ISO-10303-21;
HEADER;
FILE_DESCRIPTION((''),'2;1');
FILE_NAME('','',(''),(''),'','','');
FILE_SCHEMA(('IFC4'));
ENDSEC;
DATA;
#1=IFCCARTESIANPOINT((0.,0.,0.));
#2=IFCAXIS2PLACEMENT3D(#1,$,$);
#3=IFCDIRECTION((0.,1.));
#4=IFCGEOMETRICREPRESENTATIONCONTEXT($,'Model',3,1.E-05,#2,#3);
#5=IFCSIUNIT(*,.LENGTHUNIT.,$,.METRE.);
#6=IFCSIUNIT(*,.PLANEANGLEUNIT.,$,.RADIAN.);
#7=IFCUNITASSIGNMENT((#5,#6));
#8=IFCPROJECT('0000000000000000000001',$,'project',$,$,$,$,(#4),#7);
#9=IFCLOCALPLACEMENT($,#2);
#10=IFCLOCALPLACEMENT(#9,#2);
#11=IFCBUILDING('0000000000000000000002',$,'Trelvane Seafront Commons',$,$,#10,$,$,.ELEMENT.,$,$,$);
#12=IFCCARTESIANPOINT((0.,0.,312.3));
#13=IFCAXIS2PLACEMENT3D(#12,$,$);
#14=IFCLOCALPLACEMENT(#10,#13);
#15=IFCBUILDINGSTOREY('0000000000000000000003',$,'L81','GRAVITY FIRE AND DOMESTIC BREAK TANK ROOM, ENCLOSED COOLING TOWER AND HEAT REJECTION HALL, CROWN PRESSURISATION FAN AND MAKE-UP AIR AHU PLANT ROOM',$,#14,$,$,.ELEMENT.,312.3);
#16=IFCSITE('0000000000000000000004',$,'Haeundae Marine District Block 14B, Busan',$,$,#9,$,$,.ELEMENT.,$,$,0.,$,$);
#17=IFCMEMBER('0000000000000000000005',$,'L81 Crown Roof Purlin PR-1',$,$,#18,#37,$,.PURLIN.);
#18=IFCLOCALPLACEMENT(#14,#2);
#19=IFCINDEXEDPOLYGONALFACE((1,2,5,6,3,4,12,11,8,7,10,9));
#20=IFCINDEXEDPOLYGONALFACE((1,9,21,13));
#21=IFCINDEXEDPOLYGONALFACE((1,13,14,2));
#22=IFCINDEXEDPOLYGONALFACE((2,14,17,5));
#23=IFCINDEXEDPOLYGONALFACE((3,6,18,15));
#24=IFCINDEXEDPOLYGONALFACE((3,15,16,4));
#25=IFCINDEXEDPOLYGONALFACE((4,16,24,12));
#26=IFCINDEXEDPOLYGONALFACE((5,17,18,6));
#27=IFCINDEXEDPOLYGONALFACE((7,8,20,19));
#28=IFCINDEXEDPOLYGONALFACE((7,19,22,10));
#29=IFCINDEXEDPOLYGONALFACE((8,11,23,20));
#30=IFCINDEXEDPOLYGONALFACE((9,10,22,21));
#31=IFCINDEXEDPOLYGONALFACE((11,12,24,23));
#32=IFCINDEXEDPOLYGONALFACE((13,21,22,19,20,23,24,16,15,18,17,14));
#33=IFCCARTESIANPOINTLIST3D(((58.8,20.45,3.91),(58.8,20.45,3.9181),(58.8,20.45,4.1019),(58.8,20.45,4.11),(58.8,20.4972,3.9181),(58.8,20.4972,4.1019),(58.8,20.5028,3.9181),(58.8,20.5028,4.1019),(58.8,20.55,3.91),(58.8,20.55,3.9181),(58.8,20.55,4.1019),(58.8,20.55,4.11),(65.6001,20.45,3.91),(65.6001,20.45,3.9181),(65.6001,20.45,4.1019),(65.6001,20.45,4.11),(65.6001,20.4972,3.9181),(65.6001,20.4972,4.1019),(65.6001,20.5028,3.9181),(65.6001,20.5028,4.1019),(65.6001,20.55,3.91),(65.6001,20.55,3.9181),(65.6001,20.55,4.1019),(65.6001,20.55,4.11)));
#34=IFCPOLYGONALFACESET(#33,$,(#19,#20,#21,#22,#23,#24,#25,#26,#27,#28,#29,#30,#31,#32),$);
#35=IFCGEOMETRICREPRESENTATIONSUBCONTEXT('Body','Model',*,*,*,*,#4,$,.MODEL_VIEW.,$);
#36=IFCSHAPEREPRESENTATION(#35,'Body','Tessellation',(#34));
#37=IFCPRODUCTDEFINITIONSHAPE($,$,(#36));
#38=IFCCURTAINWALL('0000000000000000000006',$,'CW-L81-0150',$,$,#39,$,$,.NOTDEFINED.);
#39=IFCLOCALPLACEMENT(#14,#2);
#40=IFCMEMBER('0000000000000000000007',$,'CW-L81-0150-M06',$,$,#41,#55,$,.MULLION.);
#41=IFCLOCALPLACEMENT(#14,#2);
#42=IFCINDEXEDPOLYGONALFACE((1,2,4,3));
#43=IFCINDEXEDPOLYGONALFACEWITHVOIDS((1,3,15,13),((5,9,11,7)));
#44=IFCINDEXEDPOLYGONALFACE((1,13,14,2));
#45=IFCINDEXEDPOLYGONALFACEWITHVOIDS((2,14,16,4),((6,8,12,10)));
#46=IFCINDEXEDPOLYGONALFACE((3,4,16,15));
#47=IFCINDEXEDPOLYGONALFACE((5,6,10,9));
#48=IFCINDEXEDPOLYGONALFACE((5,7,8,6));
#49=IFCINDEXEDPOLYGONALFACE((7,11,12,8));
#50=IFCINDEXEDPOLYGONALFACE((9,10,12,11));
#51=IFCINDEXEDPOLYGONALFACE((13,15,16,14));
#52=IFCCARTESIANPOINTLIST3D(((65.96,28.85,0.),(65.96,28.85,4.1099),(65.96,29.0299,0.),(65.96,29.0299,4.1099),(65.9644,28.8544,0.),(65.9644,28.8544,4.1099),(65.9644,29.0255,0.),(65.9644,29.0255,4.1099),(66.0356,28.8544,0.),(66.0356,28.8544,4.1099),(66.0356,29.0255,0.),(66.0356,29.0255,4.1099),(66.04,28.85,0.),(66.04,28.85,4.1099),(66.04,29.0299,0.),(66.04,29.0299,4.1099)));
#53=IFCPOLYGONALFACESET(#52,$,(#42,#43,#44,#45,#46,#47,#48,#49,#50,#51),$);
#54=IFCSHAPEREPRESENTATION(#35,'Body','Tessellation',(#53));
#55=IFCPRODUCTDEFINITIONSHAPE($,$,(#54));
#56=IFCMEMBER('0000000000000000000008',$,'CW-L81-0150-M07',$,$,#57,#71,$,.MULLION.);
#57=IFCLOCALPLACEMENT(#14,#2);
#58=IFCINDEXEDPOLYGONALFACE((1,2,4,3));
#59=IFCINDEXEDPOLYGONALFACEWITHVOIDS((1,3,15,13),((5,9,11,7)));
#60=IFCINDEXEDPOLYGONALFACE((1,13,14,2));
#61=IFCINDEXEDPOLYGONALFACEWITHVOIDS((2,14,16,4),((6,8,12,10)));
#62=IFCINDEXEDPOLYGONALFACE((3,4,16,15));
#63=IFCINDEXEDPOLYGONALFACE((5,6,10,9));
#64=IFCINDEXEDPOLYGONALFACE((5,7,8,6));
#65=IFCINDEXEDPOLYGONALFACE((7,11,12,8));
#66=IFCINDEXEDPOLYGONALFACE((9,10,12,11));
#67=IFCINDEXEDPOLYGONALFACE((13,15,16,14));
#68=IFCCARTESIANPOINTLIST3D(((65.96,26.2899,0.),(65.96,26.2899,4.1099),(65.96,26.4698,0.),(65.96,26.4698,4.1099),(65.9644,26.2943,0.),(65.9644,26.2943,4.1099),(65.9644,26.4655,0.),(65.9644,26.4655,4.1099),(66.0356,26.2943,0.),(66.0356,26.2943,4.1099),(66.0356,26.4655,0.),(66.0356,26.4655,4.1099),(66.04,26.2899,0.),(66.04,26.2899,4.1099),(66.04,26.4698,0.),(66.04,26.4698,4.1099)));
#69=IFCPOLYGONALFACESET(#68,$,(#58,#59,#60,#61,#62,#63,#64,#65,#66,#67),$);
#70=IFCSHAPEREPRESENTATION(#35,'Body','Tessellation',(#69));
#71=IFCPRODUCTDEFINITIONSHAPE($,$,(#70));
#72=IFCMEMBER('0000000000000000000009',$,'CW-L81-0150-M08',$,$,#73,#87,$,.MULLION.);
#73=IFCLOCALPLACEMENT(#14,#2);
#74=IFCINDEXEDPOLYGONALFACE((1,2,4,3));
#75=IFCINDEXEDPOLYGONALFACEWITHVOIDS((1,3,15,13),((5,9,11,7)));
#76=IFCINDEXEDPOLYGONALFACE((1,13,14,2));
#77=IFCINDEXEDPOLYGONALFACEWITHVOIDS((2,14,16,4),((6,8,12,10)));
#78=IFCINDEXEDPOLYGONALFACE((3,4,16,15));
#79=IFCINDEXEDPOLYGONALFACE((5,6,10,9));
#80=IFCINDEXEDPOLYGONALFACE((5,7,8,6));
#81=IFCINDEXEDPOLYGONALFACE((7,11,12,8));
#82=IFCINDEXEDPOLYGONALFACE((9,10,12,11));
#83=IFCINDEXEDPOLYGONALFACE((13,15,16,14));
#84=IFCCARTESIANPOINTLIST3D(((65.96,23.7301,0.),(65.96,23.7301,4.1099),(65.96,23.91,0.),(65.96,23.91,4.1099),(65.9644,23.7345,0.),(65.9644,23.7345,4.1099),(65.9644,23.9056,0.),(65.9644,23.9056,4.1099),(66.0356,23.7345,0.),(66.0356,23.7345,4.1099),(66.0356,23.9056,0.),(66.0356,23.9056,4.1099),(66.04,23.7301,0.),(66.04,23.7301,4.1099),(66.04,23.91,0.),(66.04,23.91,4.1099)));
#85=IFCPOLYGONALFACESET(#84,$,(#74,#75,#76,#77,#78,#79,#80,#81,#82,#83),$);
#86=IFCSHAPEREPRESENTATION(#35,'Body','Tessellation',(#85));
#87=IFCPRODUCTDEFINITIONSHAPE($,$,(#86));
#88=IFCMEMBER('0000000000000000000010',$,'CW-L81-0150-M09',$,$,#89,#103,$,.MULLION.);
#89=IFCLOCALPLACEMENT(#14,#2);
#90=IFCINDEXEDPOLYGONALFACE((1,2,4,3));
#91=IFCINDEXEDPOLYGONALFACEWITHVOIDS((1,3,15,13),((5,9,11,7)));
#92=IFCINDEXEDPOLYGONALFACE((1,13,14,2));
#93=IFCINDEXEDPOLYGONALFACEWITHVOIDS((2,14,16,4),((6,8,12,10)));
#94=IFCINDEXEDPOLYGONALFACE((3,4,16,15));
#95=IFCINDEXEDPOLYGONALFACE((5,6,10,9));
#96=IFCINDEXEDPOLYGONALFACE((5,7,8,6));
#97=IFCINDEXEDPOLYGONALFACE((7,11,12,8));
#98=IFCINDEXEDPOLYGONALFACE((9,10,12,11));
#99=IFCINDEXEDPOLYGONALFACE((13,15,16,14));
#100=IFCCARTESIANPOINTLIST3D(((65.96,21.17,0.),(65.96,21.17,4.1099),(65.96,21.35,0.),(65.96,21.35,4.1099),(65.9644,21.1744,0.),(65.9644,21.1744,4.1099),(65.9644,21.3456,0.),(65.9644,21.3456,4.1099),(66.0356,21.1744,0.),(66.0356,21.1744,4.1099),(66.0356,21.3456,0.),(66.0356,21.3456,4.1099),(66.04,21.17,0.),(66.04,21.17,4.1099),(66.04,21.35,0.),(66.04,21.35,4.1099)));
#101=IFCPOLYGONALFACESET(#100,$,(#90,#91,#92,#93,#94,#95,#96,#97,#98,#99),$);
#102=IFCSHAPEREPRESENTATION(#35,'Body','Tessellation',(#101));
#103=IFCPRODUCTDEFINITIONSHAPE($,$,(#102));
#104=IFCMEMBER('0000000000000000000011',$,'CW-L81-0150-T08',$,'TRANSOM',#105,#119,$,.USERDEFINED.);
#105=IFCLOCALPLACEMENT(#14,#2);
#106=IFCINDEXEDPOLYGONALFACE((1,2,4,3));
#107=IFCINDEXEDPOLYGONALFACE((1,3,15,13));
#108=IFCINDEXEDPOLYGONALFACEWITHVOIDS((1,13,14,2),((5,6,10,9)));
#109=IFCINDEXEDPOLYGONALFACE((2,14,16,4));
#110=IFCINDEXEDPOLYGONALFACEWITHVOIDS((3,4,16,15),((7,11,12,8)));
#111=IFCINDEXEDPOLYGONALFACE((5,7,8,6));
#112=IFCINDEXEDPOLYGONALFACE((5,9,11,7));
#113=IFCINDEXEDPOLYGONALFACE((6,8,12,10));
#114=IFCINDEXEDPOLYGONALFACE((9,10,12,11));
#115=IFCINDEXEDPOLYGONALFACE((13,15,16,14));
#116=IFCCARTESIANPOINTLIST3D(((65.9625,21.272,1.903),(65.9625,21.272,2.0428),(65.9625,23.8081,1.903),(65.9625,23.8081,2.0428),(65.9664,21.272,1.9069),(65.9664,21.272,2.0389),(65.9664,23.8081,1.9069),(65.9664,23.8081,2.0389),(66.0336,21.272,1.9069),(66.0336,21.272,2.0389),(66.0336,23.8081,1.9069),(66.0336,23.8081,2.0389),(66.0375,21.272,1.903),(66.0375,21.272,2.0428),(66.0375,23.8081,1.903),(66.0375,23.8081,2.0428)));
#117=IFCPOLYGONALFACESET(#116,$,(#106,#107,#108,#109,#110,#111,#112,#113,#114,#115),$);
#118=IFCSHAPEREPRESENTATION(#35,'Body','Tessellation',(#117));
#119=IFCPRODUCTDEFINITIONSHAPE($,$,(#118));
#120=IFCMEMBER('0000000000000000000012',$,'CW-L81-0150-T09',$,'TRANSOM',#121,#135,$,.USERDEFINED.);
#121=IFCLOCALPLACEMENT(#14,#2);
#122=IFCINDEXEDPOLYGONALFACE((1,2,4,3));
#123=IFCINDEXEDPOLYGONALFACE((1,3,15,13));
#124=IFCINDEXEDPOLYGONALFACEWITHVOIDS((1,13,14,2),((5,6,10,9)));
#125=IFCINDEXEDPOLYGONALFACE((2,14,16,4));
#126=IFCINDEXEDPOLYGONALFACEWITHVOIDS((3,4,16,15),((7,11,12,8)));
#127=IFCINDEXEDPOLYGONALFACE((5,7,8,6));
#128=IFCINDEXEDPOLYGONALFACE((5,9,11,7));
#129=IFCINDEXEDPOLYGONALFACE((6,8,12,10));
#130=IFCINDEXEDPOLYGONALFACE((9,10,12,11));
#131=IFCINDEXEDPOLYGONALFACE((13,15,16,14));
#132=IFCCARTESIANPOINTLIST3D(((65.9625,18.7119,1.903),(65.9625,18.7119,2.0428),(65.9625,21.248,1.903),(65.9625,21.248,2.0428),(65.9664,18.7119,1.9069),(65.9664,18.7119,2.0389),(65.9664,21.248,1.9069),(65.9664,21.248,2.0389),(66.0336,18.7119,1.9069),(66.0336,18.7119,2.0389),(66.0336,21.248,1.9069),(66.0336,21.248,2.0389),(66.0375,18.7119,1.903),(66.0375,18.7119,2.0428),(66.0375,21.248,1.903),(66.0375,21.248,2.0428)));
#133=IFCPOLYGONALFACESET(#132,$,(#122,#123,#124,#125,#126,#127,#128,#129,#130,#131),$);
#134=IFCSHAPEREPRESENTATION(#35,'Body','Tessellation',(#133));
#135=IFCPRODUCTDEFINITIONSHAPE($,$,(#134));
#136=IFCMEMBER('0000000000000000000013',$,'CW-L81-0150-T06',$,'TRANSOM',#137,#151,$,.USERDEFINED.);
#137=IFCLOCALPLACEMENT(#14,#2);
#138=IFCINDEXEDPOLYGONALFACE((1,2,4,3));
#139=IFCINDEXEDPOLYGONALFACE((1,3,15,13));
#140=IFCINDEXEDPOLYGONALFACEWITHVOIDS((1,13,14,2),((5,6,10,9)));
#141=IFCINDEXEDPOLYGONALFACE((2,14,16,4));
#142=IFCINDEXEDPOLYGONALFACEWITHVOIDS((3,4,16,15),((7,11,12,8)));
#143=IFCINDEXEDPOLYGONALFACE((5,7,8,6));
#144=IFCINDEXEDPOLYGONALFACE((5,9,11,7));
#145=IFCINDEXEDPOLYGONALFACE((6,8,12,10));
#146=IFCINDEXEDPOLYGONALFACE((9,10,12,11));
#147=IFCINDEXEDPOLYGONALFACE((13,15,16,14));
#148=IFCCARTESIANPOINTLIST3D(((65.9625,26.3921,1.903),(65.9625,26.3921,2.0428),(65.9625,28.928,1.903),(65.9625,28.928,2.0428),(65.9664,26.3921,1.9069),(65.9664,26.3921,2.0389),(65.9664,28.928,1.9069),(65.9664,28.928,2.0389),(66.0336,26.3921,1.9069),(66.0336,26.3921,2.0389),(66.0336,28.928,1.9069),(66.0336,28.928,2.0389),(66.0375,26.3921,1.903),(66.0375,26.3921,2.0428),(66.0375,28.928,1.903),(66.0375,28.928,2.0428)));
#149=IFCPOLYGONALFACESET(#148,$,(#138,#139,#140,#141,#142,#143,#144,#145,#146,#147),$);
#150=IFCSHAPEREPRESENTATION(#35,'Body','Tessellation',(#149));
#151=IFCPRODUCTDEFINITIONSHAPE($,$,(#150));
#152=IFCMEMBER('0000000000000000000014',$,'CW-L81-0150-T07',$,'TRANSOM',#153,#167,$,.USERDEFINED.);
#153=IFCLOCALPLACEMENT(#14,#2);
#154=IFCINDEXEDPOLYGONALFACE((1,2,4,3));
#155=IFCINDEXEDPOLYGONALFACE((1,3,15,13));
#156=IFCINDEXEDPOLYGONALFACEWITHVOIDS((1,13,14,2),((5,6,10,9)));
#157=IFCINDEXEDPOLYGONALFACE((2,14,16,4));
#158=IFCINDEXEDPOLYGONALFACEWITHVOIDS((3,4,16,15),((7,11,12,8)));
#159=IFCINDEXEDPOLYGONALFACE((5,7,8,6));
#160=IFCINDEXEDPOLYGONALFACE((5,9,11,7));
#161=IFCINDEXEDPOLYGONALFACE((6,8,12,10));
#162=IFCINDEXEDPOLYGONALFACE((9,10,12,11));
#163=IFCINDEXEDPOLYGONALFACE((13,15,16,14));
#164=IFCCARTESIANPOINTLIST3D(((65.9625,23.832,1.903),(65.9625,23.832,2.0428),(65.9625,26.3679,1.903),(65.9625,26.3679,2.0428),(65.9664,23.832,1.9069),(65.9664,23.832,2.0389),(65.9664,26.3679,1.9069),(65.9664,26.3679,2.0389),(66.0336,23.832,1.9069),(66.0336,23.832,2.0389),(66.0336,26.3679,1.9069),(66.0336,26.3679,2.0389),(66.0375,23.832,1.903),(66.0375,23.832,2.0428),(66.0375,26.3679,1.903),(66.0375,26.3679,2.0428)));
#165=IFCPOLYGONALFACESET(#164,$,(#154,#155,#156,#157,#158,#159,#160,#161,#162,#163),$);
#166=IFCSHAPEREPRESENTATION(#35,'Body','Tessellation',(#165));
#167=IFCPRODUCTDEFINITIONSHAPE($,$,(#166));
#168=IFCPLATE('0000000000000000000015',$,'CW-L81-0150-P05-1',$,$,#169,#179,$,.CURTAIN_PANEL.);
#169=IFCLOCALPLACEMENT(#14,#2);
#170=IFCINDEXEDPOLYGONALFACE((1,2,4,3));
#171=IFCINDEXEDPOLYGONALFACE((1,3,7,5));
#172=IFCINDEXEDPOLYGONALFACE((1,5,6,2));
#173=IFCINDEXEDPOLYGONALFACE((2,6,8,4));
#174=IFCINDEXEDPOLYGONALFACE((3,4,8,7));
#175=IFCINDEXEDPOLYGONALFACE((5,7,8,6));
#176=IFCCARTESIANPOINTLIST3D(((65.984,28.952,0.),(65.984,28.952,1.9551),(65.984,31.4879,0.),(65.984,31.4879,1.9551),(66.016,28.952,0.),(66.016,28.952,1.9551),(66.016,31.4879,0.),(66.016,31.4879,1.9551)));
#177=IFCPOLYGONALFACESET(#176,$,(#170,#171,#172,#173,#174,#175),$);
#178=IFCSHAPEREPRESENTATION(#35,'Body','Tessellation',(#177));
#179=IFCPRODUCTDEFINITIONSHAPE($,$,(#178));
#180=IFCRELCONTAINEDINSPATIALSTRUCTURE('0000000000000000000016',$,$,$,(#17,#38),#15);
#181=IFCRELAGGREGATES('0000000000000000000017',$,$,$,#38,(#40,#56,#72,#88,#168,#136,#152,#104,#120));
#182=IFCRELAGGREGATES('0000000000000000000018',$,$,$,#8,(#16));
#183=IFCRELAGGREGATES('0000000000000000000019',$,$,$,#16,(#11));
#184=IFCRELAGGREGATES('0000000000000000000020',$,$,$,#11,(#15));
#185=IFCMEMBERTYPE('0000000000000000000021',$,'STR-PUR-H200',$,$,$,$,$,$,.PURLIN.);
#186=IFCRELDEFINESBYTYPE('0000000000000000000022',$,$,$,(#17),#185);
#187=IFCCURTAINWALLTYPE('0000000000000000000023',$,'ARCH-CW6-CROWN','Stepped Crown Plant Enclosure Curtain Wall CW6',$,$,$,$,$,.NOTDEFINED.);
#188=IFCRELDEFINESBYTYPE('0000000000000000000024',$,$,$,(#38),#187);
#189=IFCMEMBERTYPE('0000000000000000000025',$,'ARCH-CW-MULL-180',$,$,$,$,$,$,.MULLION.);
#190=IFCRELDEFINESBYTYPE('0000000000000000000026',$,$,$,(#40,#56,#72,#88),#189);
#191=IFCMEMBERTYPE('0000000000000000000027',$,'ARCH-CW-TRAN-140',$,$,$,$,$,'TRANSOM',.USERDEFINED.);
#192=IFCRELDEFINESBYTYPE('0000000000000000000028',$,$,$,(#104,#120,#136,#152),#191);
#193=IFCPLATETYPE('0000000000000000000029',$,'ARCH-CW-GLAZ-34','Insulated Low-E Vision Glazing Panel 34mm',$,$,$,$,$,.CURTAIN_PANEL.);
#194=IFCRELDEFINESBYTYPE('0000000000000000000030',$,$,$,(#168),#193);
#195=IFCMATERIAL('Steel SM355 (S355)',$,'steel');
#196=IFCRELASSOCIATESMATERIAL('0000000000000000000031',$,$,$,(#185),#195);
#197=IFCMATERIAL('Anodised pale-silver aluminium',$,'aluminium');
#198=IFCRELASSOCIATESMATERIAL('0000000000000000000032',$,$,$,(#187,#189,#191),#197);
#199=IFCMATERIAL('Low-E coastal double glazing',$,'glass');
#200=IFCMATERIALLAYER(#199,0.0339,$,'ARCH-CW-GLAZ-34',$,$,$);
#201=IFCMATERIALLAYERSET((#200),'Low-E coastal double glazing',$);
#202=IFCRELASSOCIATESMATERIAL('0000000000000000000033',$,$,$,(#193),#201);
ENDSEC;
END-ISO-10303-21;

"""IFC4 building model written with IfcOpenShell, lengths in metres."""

from ifc_helpers import new_model, si_unit, direction, frame, origin, origin_2d, place, context, subcontext, project, spatial, rectangle, hollow_rectangle, i_section, extrude, source, transform, mapped, material, layer, layer_set, material_profile, profile_set, type_object, element, aggregate, save


model = new_model("IFC4")

# Units and contexts
model_context = context("Model", 3, precision=1e-05, world=origin(), true_north=direction((0.0, 1.0)))
body_context = subcontext(model_context, "Body", "Model", "MODEL_VIEW")
ifc_project = project(units=[si_unit("LENGTHUNIT", "METRE"), si_unit("PLANEANGLEUNIT", "RADIAN")], contexts=[model_context])

# Site, building, storey
site_placement = place(None, origin())
site = spatial("IfcSite", under=ifc_project, at=site_placement, Name="Haeundae Marine District Block 14B, Busan", CompositionType="ELEMENT", RefElevation=0.0)
building_placement = place(site_placement, origin())
building = spatial("IfcBuilding", under=site, at=building_placement, Name="Trelvane Seafront Commons", CompositionType="ELEMENT")
storey_placement = place(building_placement, frame((0.0, 0.0, 312.3)))
storey = spatial("IfcBuildingStorey", under=building, at=storey_placement, Name="L81", Description="GRAVITY FIRE AND DOMESTIC BREAK TANK ROOM, ENCLOSED COOLING TOWER AND HEAT REJECTION HALL, CROWN PRESSURISATION FAN AND MAKE-UP AIR AHU PLANT ROOM", CompositionType="ELEMENT", Elevation=312.3)

# Member
ifc_material_1 = material(Name="Steel SM355 (S355)", Category="steel")
ifc_material_profile_1 = material_profile(ifc_material_1, i_section(OverallWidth=0.1001, OverallDepth=0.2, WebThickness=0.0056, FlangeThickness=0.0081, at=origin_2d()), Name="H-200x100x5.5x8")
ifc_profile_set_1 = profile_set([ifc_material_profile_1], Name="Steel SM355 (S355)")
member_type_1 = type_object("IfcMemberType", Name="STR-PUR-H200", PredefinedType="PURLIN", material=ifc_profile_set_1)
shared_shape_1 = source(origin(), body_context, "Body", "SweptSolid", [
    extrude(i_section(OverallWidth=0.1001, OverallDepth=0.2, WebThickness=0.0056, FlangeThickness=0.0081, at=origin_2d()), origin(), (0.0, 0.0, 1.0), 6.8),
])
member_1_placement = place(storey_placement, frame((58.8, 20.5, 4.01), z_axis=(1.0, 0.0, 0.0), x_axis=(0.0, 1.0, 0.0)))
element("IfcMember", 1, at=member_1_placement, inside=storey, type_object=member_type_1, Name="L81 Crown Roof Purlin PR-1", PredefinedType="PURLIN", context=body_context, shape_type="MappedRepresentation", body=[
    mapped(shared_shape_1, transform((0.0, 0.0, 0.0), x_axis=(1.0, 0.0, 0.0), y_axis=(0.0, 1.0, 0.0), z_axis=(0.0, 0.0, 1.0), scale=1.0)),
])

# Curtain wall, members, plate
ifc_material_2 = material(Name="Anodised pale-silver aluminium", Category="aluminium")
curtain_wall_type = type_object("IfcCurtainWallType", Name="ARCH-CW6-CROWN", Description="Stepped Crown Plant Enclosure Curtain Wall CW6", PredefinedType="NOTDEFINED", material=ifc_material_2)
curtain_wall_placement = place(storey_placement, origin())
curtain_wall = element("IfcCurtainWall", 2, at=curtain_wall_placement, inside=storey, type_object=curtain_wall_type, Name="CW-L81-0150", PredefinedType="NOTDEFINED")
ifc_material_profile_2 = material_profile(ifc_material_2, hollow_rectangle(XDim=0.0801, YDim=0.1799, WallThickness=0.0044, at=origin_2d()), Name="MULL-80x180x4.5")
ifc_profile_set_2 = profile_set([ifc_material_profile_2], Name="Anodised pale-silver aluminium")
member_type_2 = type_object("IfcMemberType", Name="ARCH-CW-MULL-180", PredefinedType="MULLION", material=ifc_profile_set_2)
shared_shape_2 = source(origin(), body_context, "Body", "SweptSolid", [
    extrude(hollow_rectangle(XDim=0.0801, YDim=0.1799, WallThickness=0.0044, at=origin_2d()), origin(), (0.0, 0.0, 1.0), 4.1099),
])
member_2_placement = place(storey_placement, frame((66.0, 28.9399, 0.0), z_axis=(0.0, 0.0, 1.0), x_axis=(1.0, 0.0, 0.0)))
member_2 = element("IfcMember", 3, at=member_2_placement, type_object=member_type_2, Name="CW-L81-0150-M06", PredefinedType="MULLION", context=body_context, shape_type="MappedRepresentation", body=[
    mapped(shared_shape_2, transform((0.0, 0.0, 0.0), x_axis=(1.0, 0.0, 0.0), y_axis=(0.0, 1.0, 0.0), z_axis=(0.0, 0.0, 1.0), scale=1.0)),
])
member_3_placement = place(storey_placement, frame((66.0, 26.3799, 0.0), z_axis=(0.0, 0.0, 1.0), x_axis=(1.0, 0.0, 0.0)))
member_3 = element("IfcMember", 4, at=member_3_placement, type_object=member_type_2, Name="CW-L81-0150-M07", PredefinedType="MULLION", context=body_context, shape_type="MappedRepresentation", body=[
    mapped(shared_shape_2, transform((0.0, 0.0, 0.0), x_axis=(1.0, 0.0, 0.0), y_axis=(0.0, 1.0, 0.0), z_axis=(0.0, 0.0, 1.0), scale=1.0)),
])
member_4_placement = place(storey_placement, frame((66.0, 23.8201, 0.0), z_axis=(0.0, 0.0, 1.0), x_axis=(1.0, 0.0, 0.0)))
member_4 = element("IfcMember", 5, at=member_4_placement, type_object=member_type_2, Name="CW-L81-0150-M08", PredefinedType="MULLION", context=body_context, shape_type="MappedRepresentation", body=[
    mapped(shared_shape_2, transform((0.0, 0.0, 0.0), x_axis=(1.0, 0.0, 0.0), y_axis=(0.0, 1.0, 0.0), z_axis=(0.0, 0.0, 1.0), scale=1.0)),
])
member_5_placement = place(storey_placement, frame((66.0, 21.26, 0.0), z_axis=(0.0, 0.0, 1.0), x_axis=(1.0, 0.0, 0.0)))
member_5 = element("IfcMember", 6, at=member_5_placement, type_object=member_type_2, Name="CW-L81-0150-M09", PredefinedType="MULLION", context=body_context, shape_type="MappedRepresentation", body=[
    mapped(shared_shape_2, transform((0.0, 0.0, 0.0), x_axis=(1.0, 0.0, 0.0), y_axis=(0.0, 1.0, 0.0), z_axis=(0.0, 0.0, 1.0), scale=1.0)),
])
ifc_material_profile_3 = material_profile(ifc_material_2, hollow_rectangle(XDim=0.075, YDim=0.1399, WallThickness=0.0039, at=origin_2d()), Name="TRAN-75x140x4")
ifc_profile_set_3 = profile_set([ifc_material_profile_3], Name="Anodised pale-silver aluminium")
member_type_3 = type_object("IfcMemberType", Name="ARCH-CW-TRAN-140", ElementType="TRANSOM", PredefinedType="USERDEFINED", material=ifc_profile_set_3)
shared_shape_3 = source(origin(), body_context, "Body", "SweptSolid", [
    extrude(hollow_rectangle(XDim=0.075, YDim=0.1399, WallThickness=0.0039, at=origin_2d()), origin(), (0.0, 0.0, 1.0), 2.5361),
])
member_6_placement = place(storey_placement, frame((66.0, 23.8081, 1.9729), z_axis=(0.0, -1.0, 0.0), x_axis=(1.0, 0.0, 0.0)))
member_6 = element("IfcMember", 7, at=member_6_placement, type_object=member_type_3, Name="CW-L81-0150-T08", ObjectType="TRANSOM", PredefinedType="USERDEFINED", context=body_context, shape_type="MappedRepresentation", body=[
    mapped(shared_shape_3, transform((0.0, 0.0, 0.0), x_axis=(1.0, 0.0, 0.0), y_axis=(0.0, 1.0, 0.0), z_axis=(0.0, 0.0, 1.0), scale=1.0)),
])
member_7_placement = place(storey_placement, frame((66.0, 21.248, 1.9729), z_axis=(0.0, -1.0, 0.0), x_axis=(1.0, 0.0, 0.0)))
member_7 = element("IfcMember", 8, at=member_7_placement, type_object=member_type_3, Name="CW-L81-0150-T09", ObjectType="TRANSOM", PredefinedType="USERDEFINED", context=body_context, shape_type="MappedRepresentation", body=[
    mapped(shared_shape_3, transform((0.0, 0.0, 0.0), x_axis=(1.0, 0.0, 0.0), y_axis=(0.0, 1.0, 0.0), z_axis=(0.0, 0.0, 1.0), scale=1.0)),
])
shared_shape_4 = source(origin(), body_context, "Body", "SweptSolid", [
    extrude(hollow_rectangle(XDim=0.075, YDim=0.1399, WallThickness=0.0039, at=origin_2d()), origin(), (0.0, 0.0, 1.0), 2.5359),
])
member_8_placement = place(storey_placement, frame((66.0, 28.928, 1.9729), z_axis=(0.0, -1.0, 0.0), x_axis=(1.0, 0.0, 0.0)))
member_8 = element("IfcMember", 9, at=member_8_placement, type_object=member_type_3, Name="CW-L81-0150-T06", ObjectType="TRANSOM", PredefinedType="USERDEFINED", context=body_context, shape_type="MappedRepresentation", body=[
    mapped(shared_shape_4, transform((0.0, 0.0, 0.0), x_axis=(1.0, 0.0, 0.0), y_axis=(0.0, 1.0, 0.0), z_axis=(0.0, 0.0, 1.0), scale=1.0)),
])
member_9_placement = place(storey_placement, frame((66.0, 26.3679, 1.9729), z_axis=(0.0, -1.0, 0.0), x_axis=(1.0, 0.0, 0.0)))
member_9 = element("IfcMember", 10, at=member_9_placement, type_object=member_type_3, Name="CW-L81-0150-T07", ObjectType="TRANSOM", PredefinedType="USERDEFINED", context=body_context, shape_type="MappedRepresentation", body=[
    mapped(shared_shape_4, transform((0.0, 0.0, 0.0), x_axis=(1.0, 0.0, 0.0), y_axis=(0.0, 1.0, 0.0), z_axis=(0.0, 0.0, 1.0), scale=1.0)),
])
ifc_material_3 = material(Name="Low-E coastal double glazing", Category="glass")
ifc_layer_1 = layer(ifc_material_3, 0.0339, Name="ARCH-CW-GLAZ-34")
ifc_layer_set_1 = layer_set([ifc_layer_1], Name="Low-E coastal double glazing")
plate_type = type_object("IfcPlateType", Name="ARCH-CW-GLAZ-34", Description="Insulated Low-E Vision Glazing Panel 34mm", PredefinedType="CURTAIN_PANEL", material=ifc_layer_set_1)
shared_shape_5 = source(origin(), body_context, "Body", "SweptSolid", [
    extrude(rectangle(XDim=2.5359, YDim=0.032, at=origin_2d()), origin(), (0.0, 0.0, 1.0), 1.9551),
])
plate_1_placement = place(storey_placement, frame((66.0, 30.22, 0.0), z_axis=(0.0, 0.0, 1.0), x_axis=(0.0, -1.0, 0.0)))
plate_1 = element("IfcPlate", 11, at=plate_1_placement, type_object=plate_type, Name="CW-L81-0150-P05-1", PredefinedType="CURTAIN_PANEL", context=body_context, shape_type="MappedRepresentation", body=[
    mapped(shared_shape_5, transform((0.0, 0.0, 0.0), x_axis=(1.0, 0.0, 0.0), y_axis=(0.0, 1.0, 0.0), z_axis=(0.0, 0.0, 1.0), scale=1.0)),
])
aggregate(curtain_wall, [member_2, member_3, member_4, member_5, plate_1, member_8, member_9, member_6, member_7])

save(model, "model.ifc")
